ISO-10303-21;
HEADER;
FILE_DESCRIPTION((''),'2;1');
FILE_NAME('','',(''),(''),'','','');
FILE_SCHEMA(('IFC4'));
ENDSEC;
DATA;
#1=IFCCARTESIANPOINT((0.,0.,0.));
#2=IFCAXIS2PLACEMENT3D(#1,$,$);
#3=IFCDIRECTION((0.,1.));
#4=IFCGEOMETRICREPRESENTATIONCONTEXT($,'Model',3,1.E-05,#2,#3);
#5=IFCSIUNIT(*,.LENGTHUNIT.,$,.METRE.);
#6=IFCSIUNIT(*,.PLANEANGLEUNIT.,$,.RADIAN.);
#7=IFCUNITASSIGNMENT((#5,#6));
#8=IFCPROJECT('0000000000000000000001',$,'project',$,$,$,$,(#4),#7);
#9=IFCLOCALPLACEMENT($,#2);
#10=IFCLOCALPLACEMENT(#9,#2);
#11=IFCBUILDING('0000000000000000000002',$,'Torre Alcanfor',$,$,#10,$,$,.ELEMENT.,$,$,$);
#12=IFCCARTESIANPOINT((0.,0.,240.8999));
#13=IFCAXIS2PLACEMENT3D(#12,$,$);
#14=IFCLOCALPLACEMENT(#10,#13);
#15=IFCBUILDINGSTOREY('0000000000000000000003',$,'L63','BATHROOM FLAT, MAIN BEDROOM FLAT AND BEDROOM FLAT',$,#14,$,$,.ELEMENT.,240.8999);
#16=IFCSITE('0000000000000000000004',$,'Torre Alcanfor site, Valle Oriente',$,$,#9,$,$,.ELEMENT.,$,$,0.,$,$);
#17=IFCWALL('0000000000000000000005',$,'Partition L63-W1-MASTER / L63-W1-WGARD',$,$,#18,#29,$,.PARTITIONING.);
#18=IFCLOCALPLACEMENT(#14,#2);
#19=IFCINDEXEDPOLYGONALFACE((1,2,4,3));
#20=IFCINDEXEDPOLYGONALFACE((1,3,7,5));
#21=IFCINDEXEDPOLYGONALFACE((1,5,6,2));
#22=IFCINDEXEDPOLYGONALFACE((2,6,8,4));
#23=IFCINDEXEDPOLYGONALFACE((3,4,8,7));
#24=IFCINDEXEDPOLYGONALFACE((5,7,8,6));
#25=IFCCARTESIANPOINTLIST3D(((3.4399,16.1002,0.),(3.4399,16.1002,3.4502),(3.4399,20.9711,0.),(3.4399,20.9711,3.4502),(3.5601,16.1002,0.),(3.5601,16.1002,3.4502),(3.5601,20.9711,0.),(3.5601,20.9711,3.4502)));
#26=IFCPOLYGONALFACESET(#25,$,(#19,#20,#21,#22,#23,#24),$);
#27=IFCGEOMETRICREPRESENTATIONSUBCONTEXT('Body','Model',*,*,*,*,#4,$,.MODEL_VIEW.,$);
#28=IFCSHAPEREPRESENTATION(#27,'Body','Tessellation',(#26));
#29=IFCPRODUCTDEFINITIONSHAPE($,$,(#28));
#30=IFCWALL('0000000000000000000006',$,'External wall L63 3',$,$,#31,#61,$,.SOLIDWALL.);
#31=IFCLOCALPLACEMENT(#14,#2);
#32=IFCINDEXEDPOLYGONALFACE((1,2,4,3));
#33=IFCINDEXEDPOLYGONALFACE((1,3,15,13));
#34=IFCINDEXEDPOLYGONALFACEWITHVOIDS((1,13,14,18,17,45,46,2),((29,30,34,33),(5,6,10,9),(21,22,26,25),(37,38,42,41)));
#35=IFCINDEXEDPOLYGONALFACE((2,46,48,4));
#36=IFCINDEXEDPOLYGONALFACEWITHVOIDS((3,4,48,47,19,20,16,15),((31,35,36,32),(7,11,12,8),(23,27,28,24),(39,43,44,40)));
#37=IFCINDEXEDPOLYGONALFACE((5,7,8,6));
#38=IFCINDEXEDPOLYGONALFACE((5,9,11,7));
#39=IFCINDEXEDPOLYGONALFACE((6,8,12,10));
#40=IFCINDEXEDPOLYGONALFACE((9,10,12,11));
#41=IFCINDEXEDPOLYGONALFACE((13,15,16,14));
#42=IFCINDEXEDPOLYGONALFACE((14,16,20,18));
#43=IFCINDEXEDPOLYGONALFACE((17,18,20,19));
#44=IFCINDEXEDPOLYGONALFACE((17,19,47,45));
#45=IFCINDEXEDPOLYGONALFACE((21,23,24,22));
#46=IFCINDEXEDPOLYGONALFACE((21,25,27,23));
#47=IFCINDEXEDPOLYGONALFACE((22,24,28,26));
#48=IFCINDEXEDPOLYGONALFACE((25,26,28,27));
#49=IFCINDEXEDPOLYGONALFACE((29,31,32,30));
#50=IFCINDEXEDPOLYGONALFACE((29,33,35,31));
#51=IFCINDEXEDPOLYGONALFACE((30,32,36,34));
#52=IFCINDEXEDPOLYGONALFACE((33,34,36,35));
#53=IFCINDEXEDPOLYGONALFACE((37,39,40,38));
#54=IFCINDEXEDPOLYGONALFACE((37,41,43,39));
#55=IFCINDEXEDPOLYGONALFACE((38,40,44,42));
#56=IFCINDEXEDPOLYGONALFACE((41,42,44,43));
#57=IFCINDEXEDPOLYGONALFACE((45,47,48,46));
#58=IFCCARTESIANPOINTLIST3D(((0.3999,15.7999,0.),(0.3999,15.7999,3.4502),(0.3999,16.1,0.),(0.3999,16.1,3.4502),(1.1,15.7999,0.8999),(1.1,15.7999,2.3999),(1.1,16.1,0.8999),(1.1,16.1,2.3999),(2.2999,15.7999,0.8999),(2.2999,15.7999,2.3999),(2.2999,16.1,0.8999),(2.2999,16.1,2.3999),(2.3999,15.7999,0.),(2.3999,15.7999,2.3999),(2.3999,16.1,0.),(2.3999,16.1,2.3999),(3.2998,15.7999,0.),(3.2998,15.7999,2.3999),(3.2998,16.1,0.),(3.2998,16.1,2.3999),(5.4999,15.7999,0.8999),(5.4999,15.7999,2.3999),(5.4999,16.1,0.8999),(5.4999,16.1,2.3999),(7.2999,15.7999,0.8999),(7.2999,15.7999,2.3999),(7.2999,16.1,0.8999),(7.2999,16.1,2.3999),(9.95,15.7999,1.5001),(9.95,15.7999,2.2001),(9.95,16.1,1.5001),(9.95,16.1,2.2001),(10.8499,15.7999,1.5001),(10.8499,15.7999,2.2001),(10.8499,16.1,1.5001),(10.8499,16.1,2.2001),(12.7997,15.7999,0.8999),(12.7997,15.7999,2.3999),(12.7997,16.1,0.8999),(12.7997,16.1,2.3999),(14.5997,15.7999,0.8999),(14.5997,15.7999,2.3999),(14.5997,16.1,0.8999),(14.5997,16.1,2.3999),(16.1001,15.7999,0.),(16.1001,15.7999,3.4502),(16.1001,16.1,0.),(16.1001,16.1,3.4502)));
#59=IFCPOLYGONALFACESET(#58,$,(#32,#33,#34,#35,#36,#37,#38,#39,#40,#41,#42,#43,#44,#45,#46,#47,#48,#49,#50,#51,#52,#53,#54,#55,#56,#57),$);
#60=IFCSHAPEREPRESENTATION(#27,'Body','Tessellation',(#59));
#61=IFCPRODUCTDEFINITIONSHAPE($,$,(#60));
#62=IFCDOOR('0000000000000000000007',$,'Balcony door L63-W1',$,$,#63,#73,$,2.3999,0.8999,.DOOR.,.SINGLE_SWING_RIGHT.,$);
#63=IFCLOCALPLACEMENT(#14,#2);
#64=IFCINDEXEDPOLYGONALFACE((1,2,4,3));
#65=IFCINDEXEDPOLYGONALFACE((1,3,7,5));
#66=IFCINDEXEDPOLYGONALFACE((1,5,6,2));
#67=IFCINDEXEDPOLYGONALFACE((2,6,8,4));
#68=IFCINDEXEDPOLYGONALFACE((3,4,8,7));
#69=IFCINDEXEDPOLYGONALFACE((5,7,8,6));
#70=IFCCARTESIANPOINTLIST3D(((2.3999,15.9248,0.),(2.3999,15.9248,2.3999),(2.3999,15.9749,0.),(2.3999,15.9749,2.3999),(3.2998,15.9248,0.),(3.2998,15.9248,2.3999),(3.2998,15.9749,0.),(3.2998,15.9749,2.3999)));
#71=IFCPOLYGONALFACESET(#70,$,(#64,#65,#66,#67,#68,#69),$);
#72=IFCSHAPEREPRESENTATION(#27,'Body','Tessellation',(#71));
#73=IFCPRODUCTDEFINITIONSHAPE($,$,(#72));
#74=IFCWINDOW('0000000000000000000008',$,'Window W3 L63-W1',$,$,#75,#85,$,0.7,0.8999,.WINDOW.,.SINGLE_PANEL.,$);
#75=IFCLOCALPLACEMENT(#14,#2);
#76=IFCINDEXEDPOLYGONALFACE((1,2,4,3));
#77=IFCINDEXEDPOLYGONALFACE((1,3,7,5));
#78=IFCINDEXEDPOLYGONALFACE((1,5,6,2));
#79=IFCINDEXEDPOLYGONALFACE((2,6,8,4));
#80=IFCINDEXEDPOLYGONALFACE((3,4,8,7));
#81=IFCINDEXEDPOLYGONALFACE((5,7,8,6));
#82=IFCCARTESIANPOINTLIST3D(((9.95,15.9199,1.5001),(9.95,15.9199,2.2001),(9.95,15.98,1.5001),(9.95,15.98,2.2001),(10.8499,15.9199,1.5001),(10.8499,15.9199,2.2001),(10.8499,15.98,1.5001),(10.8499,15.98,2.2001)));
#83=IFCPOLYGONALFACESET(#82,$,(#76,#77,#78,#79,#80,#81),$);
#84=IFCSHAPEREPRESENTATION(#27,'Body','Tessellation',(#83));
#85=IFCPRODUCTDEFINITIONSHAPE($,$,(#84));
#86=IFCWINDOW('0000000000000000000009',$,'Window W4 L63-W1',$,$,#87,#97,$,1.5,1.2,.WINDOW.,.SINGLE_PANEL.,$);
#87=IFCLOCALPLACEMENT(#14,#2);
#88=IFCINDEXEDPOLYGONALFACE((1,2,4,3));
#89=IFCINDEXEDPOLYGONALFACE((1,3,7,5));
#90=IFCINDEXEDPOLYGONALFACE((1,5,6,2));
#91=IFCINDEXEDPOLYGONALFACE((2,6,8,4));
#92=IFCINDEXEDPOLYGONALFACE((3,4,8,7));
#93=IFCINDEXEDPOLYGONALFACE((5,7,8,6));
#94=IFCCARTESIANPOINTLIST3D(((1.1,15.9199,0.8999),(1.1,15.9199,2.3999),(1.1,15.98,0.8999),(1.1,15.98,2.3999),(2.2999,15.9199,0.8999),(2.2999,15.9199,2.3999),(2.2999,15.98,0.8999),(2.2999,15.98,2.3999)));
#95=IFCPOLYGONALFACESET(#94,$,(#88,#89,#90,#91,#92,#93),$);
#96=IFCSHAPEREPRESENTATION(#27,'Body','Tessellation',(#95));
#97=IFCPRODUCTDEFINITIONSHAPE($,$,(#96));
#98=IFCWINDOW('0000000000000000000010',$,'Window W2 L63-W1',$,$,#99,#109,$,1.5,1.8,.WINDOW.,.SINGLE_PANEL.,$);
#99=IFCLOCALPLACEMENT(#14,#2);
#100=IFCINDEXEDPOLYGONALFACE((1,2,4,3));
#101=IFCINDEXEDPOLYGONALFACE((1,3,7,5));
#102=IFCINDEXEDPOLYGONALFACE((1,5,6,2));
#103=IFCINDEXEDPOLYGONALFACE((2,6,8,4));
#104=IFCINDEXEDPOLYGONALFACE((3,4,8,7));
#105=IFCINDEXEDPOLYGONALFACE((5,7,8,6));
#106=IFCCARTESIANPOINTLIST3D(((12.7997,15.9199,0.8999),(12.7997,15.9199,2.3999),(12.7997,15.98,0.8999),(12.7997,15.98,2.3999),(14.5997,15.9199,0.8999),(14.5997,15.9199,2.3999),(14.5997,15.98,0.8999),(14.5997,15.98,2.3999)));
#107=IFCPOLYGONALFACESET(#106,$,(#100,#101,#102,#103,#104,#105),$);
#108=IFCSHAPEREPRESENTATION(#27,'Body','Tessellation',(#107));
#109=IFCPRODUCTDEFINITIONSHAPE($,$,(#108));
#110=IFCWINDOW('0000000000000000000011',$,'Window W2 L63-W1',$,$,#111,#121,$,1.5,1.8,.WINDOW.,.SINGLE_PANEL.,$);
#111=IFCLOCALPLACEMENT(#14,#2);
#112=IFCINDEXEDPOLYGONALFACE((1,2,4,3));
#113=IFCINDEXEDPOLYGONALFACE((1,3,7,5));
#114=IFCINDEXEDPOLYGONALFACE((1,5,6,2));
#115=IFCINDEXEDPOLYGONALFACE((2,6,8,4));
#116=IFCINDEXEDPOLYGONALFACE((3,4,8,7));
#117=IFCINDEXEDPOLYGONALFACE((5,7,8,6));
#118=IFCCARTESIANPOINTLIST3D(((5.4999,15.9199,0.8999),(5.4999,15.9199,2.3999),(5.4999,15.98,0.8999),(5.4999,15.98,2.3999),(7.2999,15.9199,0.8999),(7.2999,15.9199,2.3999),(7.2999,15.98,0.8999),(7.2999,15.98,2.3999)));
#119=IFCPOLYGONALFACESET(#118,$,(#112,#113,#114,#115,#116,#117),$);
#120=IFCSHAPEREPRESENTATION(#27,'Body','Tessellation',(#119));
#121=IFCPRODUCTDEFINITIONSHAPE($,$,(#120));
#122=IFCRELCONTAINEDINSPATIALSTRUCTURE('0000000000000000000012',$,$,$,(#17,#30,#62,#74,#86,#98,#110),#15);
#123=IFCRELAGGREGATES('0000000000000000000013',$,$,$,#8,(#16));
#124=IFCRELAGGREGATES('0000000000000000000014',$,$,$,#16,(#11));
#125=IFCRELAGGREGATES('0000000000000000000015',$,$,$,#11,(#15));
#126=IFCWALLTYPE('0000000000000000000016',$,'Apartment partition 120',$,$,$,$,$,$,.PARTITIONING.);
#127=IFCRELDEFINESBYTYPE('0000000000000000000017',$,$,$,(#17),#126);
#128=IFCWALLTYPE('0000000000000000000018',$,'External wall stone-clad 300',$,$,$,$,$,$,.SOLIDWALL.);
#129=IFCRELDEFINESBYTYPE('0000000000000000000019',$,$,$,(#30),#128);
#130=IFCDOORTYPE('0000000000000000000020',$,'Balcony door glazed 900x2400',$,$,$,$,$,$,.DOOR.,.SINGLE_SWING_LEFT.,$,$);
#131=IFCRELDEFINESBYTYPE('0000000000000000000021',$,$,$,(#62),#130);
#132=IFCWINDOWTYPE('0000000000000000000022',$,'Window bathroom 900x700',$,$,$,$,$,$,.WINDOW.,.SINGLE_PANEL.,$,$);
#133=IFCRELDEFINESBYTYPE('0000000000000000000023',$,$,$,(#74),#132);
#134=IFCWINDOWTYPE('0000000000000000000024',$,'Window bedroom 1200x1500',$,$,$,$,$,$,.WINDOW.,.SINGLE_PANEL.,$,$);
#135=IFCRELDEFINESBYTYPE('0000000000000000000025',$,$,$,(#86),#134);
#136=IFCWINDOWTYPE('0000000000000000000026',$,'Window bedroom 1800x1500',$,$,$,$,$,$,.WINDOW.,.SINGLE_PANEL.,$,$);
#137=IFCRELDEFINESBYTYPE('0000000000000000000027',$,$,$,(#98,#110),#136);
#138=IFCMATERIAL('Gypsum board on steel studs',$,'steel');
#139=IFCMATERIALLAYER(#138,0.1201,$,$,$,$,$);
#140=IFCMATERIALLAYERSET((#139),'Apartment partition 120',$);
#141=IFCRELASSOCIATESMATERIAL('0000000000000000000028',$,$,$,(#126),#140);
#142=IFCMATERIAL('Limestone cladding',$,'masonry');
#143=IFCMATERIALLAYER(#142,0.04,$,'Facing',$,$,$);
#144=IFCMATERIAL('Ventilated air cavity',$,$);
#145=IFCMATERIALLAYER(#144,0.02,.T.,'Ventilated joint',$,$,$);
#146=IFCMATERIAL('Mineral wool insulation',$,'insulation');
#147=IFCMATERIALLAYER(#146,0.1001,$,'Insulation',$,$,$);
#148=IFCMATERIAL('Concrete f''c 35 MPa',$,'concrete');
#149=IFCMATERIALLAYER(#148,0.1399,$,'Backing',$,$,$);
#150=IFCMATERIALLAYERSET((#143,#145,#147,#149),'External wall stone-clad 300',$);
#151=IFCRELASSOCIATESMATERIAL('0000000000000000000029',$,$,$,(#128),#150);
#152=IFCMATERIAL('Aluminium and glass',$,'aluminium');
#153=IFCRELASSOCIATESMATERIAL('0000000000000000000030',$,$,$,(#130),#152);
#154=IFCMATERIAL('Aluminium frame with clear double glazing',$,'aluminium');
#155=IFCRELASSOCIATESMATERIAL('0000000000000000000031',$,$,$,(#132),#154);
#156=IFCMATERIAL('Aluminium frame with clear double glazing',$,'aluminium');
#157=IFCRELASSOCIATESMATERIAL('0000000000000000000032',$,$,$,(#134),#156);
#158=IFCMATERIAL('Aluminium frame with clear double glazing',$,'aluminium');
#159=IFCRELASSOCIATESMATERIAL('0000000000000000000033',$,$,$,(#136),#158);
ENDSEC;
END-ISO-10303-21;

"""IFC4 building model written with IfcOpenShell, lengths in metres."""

from ifc_helpers import new_model, si_unit, direction, frame, frame_2d, origin, place, context, subcontext, project, spatial, rectangle, extrude, material, layer, layer_set, type_object, element, fill, save


model = new_model("IFC4")

# Units and contexts
model_context = context("Model", 3, precision=1e-05, world=origin(), true_north=direction((0.0, 1.0)))
body_context = subcontext(model_context, "Body", "Model", "MODEL_VIEW")
ifc_project = project(units=[si_unit("LENGTHUNIT", "METRE"), si_unit("PLANEANGLEUNIT", "RADIAN")], contexts=[model_context])

# Site, building, storey
site_placement = place(None, origin())
site = spatial("IfcSite", under=ifc_project, at=site_placement, Name="Torre Alcanfor site, Valle Oriente", CompositionType="ELEMENT", RefElevation=0.0)
building_placement = place(site_placement, origin())
building = spatial("IfcBuilding", under=site, at=building_placement, Name="Torre Alcanfor", CompositionType="ELEMENT")
storey_placement = place(building_placement, frame((0.0, 0.0, 240.8999)))
storey = spatial("IfcBuildingStorey", under=building, at=storey_placement, Name="L63", Description="BATHROOM FLAT, MAIN BEDROOM FLAT AND BEDROOM FLAT", CompositionType="ELEMENT", Elevation=240.8999)

# Wall
ifc_material_1 = material(Name="Gypsum board on steel studs", Category="steel")
ifc_layer_1 = layer(ifc_material_1, 0.1201)
ifc_layer_set_1 = layer_set([ifc_layer_1], Name="Apartment partition 120")
wall_type_1 = type_object("IfcWallType", Name="Apartment partition 120", PredefinedType="PARTITIONING", material=ifc_layer_set_1)
wall_1_placement = place(storey_placement, frame((3.5, 16.1001, 0.0), z_axis=(0.0, 0.0, 1.0), x_axis=(0.0, 1.0, 0.0)))
element("IfcWall", 1, at=wall_1_placement, inside=storey, type_object=wall_type_1, Name="Partition L63-W1-MASTER / L63-W1-WGARD", PredefinedType="PARTITIONING", context=body_context, shape_type="SweptSolid", body=[
    extrude(rectangle(XDim=4.8708, YDim=0.1201, at=frame_2d((2.4355, 0.0))), origin(), (0.0, 0.0, 1.0), 3.4502),
])

# Wall, openings, door, windows
ifc_material_2 = material(Name="Limestone cladding", Category="masonry")
ifc_layer_2 = layer(ifc_material_2, 0.04, Name="Facing")
ifc_material_3 = material(Name="Ventilated air cavity")
ifc_layer_3 = layer(ifc_material_3, 0.02, ventilated=True, Name="Ventilated joint")
ifc_material_4 = material(Name="Mineral wool insulation", Category="insulation")
ifc_layer_4 = layer(ifc_material_4, 0.1001, Name="Insulation")
ifc_material_5 = material(Name="Concrete f'c 35 MPa", Category="concrete")
ifc_layer_5 = layer(ifc_material_5, 0.1399, Name="Backing")
ifc_layer_set_2 = layer_set([ifc_layer_2, ifc_layer_3, ifc_layer_4, ifc_layer_5], Name="External wall stone-clad 300")
wall_type_2 = type_object("IfcWallType", Name="External wall stone-clad 300", PredefinedType="SOLIDWALL", material=ifc_layer_set_2)
wall_2_placement = place(storey_placement, frame((0.3999, 15.95, 0.0), z_axis=(0.0, 0.0, 1.0), x_axis=(1.0, 0.0, 0.0)))
wall_2 = element("IfcWall", 2, at=wall_2_placement, inside=storey, type_object=wall_type_2, Name="External wall L63 3", PredefinedType="SOLIDWALL", context=body_context, shape_type="SweptSolid", body=[
    extrude(rectangle(XDim=15.7002, YDim=0.3, at=frame_2d((7.8501, 0.0))), origin(), (0.0, 0.0, 1.0), 3.4502),
])
opening_1_placement = place(wall_2_placement, frame((12.3999, 0.0, 0.8999)))
opening_1 = element("IfcOpeningElement", 3, at=opening_1_placement, cuts=wall_2, PredefinedType="OPENING", context=body_context, shape_type="SweptSolid", body=[
    extrude(rectangle(XDim=1.8, YDim=1.5, at=frame_2d((0.8999, 0.75))), frame((0.0, 0.1599, 0.0), z_axis=(0.0, -1.0, 0.0), x_axis=(1.0, 0.0, 0.0)), (0.0, 0.0, 1.0), 0.3201),
])
opening_2_placement = place(wall_2_placement, frame((9.55, 0.0, 1.5)))
opening_2 = element("IfcOpeningElement", 4, at=opening_2_placement, cuts=wall_2, PredefinedType="OPENING", context=body_context, shape_type="SweptSolid", body=[
    extrude(rectangle(XDim=0.8999, YDim=0.7, at=frame_2d((0.45, 0.3501))), frame((0.0, 0.1599, 0.0), z_axis=(0.0, -1.0, 0.0), x_axis=(1.0, 0.0, 0.0)), (0.0, 0.0, 1.0), 0.3201),
])
opening_3_placement = place(wall_2_placement, frame((5.1001, 0.0, 0.8999)))
opening_3 = element("IfcOpeningElement", 5, at=opening_3_placement, cuts=wall_2, PredefinedType="OPENING", context=body_context, shape_type="SweptSolid", body=[
    extrude(rectangle(XDim=1.8, YDim=1.5, at=frame_2d((0.8999, 0.75))), frame((0.0, 0.1599, 0.0), z_axis=(0.0, -1.0, 0.0), x_axis=(1.0, 0.0, 0.0)), (0.0, 0.0, 1.0), 0.3201),
])
opening_4_placement = place(wall_2_placement, frame((2.0, 0.0, 0.0)))
opening_4 = element("IfcOpeningElement", 6, at=opening_4_placement, cuts=wall_2, PredefinedType="OPENING", context=body_context, shape_type="SweptSolid", body=[
    extrude(rectangle(XDim=0.8999, YDim=2.3999, at=frame_2d((0.45, 1.2))), frame((0.0, 0.1599, 0.0), z_axis=(0.0, -1.0, 0.0), x_axis=(1.0, 0.0, 0.0)), (0.0, 0.0, 1.0), 0.3201),
])
opening_5_placement = place(wall_2_placement, frame((0.7, 0.0, 0.8999)))
opening_5 = element("IfcOpeningElement", 7, at=opening_5_placement, cuts=wall_2, PredefinedType="OPENING", context=body_context, shape_type="SweptSolid", body=[
    extrude(rectangle(XDim=1.2, YDim=1.5, at=frame_2d((0.6001, 0.75))), frame((0.0, 0.1599, 0.0), z_axis=(0.0, -1.0, 0.0), x_axis=(1.0, 0.0, 0.0)), (0.0, 0.0, 1.0), 0.3201),
])
ifc_material_6 = material(Name="Aluminium and glass", Category="aluminium")
door_type = type_object("IfcDoorType", Name="Balcony door glazed 900x2400", OperationType="SINGLE_SWING_LEFT", PredefinedType="DOOR", material=ifc_material_6)
door_placement = place(opening_4_placement, origin())
door = element("IfcDoor", 8, at=door_placement, inside=storey, type_object=door_type, Name="Balcony door L63-W1", OperationType="SINGLE_SWING_RIGHT", OverallHeight=2.3999, OverallWidth=0.8999, PredefinedType="DOOR", context=body_context, shape_type="SweptSolid", body=[
    extrude(rectangle(XDim=0.8999, YDim=2.3999, at=frame_2d((0.45, 1.2))), frame((0.0, 0.0249, 0.0), z_axis=(0.0, -1.0, 0.0), x_axis=(1.0, 0.0, 0.0)), (0.0, 0.0, 1.0), 0.05),
])
fill(opening_4, door)
ifc_material_7 = material(Name="Aluminium frame with clear double glazing", Category="aluminium")
window_type_1 = type_object("IfcWindowType", Name="Window bathroom 900x700", PartitioningType="SINGLE_PANEL", PredefinedType="WINDOW", material=ifc_material_7)
window_1_placement = place(opening_2_placement, origin())
window_1 = element("IfcWindow", 9, at=window_1_placement, inside=storey, type_object=window_type_1, Name="Window W3 L63-W1", OverallHeight=0.7, OverallWidth=0.8999, PartitioningType="SINGLE_PANEL", PredefinedType="WINDOW", context=body_context, shape_type="SweptSolid", body=[
    extrude(rectangle(XDim=0.8999, YDim=0.7, at=frame_2d((0.45, 0.3501))), frame((0.0, 0.03, 0.0), z_axis=(0.0, -1.0, 0.0), x_axis=(1.0, 0.0, 0.0)), (0.0, 0.0, 1.0), 0.0601),
])
fill(opening_2, window_1)
ifc_material_8 = material(Name="Aluminium frame with clear double glazing", Category="aluminium")
window_type_2 = type_object("IfcWindowType", Name="Window bedroom 1200x1500", PartitioningType="SINGLE_PANEL", PredefinedType="WINDOW", material=ifc_material_8)
window_2_placement = place(opening_5_placement, origin())
window_2 = element("IfcWindow", 10, at=window_2_placement, inside=storey, type_object=window_type_2, Name="Window W4 L63-W1", OverallHeight=1.5, OverallWidth=1.2, PartitioningType="SINGLE_PANEL", PredefinedType="WINDOW", context=body_context, shape_type="SweptSolid", body=[
    extrude(rectangle(XDim=1.2, YDim=1.5, at=frame_2d((0.6001, 0.75))), frame((0.0, 0.03, 0.0), z_axis=(0.0, -1.0, 0.0), x_axis=(1.0, 0.0, 0.0)), (0.0, 0.0, 1.0), 0.0601),
])
fill(opening_5, window_2)
ifc_material_9 = material(Name="Aluminium frame with clear double glazing", Category="aluminium")
window_type_3 = type_object("IfcWindowType", Name="Window bedroom 1800x1500", PartitioningType="SINGLE_PANEL", PredefinedType="WINDOW", material=ifc_material_9)
window_3_placement = place(opening_1_placement, origin())
window_3 = element("IfcWindow", 11, at=window_3_placement, inside=storey, type_object=window_type_3, Name="Window W2 L63-W1", OverallHeight=1.5, OverallWidth=1.8, PartitioningType="SINGLE_PANEL", PredefinedType="WINDOW", context=body_context, shape_type="SweptSolid", body=[
    extrude(rectangle(XDim=1.8, YDim=1.5, at=frame_2d((0.8999, 0.75))), frame((0.0, 0.03, 0.0), z_axis=(0.0, -1.0, 0.0), x_axis=(1.0, 0.0, 0.0)), (0.0, 0.0, 1.0), 0.0601),
])
fill(opening_1, window_3)
window_4_placement = place(opening_3_placement, origin())
window_4 = element("IfcWindow", 12, at=window_4_placement, inside=storey, type_object=window_type_3, Name="Window W2 L63-W1", OverallHeight=1.5, OverallWidth=1.8, PartitioningType="SINGLE_PANEL", PredefinedType="WINDOW", context=body_context, shape_type="SweptSolid", body=[
    extrude(rectangle(XDim=1.8, YDim=1.5, at=frame_2d((0.8999, 0.75))), frame((0.0, 0.03, 0.0), z_axis=(0.0, -1.0, 0.0), x_axis=(1.0, 0.0, 0.0)), (0.0, 0.0, 1.0), 0.0601),
])
fill(opening_3, window_4)

save(model, "model.ifc")
